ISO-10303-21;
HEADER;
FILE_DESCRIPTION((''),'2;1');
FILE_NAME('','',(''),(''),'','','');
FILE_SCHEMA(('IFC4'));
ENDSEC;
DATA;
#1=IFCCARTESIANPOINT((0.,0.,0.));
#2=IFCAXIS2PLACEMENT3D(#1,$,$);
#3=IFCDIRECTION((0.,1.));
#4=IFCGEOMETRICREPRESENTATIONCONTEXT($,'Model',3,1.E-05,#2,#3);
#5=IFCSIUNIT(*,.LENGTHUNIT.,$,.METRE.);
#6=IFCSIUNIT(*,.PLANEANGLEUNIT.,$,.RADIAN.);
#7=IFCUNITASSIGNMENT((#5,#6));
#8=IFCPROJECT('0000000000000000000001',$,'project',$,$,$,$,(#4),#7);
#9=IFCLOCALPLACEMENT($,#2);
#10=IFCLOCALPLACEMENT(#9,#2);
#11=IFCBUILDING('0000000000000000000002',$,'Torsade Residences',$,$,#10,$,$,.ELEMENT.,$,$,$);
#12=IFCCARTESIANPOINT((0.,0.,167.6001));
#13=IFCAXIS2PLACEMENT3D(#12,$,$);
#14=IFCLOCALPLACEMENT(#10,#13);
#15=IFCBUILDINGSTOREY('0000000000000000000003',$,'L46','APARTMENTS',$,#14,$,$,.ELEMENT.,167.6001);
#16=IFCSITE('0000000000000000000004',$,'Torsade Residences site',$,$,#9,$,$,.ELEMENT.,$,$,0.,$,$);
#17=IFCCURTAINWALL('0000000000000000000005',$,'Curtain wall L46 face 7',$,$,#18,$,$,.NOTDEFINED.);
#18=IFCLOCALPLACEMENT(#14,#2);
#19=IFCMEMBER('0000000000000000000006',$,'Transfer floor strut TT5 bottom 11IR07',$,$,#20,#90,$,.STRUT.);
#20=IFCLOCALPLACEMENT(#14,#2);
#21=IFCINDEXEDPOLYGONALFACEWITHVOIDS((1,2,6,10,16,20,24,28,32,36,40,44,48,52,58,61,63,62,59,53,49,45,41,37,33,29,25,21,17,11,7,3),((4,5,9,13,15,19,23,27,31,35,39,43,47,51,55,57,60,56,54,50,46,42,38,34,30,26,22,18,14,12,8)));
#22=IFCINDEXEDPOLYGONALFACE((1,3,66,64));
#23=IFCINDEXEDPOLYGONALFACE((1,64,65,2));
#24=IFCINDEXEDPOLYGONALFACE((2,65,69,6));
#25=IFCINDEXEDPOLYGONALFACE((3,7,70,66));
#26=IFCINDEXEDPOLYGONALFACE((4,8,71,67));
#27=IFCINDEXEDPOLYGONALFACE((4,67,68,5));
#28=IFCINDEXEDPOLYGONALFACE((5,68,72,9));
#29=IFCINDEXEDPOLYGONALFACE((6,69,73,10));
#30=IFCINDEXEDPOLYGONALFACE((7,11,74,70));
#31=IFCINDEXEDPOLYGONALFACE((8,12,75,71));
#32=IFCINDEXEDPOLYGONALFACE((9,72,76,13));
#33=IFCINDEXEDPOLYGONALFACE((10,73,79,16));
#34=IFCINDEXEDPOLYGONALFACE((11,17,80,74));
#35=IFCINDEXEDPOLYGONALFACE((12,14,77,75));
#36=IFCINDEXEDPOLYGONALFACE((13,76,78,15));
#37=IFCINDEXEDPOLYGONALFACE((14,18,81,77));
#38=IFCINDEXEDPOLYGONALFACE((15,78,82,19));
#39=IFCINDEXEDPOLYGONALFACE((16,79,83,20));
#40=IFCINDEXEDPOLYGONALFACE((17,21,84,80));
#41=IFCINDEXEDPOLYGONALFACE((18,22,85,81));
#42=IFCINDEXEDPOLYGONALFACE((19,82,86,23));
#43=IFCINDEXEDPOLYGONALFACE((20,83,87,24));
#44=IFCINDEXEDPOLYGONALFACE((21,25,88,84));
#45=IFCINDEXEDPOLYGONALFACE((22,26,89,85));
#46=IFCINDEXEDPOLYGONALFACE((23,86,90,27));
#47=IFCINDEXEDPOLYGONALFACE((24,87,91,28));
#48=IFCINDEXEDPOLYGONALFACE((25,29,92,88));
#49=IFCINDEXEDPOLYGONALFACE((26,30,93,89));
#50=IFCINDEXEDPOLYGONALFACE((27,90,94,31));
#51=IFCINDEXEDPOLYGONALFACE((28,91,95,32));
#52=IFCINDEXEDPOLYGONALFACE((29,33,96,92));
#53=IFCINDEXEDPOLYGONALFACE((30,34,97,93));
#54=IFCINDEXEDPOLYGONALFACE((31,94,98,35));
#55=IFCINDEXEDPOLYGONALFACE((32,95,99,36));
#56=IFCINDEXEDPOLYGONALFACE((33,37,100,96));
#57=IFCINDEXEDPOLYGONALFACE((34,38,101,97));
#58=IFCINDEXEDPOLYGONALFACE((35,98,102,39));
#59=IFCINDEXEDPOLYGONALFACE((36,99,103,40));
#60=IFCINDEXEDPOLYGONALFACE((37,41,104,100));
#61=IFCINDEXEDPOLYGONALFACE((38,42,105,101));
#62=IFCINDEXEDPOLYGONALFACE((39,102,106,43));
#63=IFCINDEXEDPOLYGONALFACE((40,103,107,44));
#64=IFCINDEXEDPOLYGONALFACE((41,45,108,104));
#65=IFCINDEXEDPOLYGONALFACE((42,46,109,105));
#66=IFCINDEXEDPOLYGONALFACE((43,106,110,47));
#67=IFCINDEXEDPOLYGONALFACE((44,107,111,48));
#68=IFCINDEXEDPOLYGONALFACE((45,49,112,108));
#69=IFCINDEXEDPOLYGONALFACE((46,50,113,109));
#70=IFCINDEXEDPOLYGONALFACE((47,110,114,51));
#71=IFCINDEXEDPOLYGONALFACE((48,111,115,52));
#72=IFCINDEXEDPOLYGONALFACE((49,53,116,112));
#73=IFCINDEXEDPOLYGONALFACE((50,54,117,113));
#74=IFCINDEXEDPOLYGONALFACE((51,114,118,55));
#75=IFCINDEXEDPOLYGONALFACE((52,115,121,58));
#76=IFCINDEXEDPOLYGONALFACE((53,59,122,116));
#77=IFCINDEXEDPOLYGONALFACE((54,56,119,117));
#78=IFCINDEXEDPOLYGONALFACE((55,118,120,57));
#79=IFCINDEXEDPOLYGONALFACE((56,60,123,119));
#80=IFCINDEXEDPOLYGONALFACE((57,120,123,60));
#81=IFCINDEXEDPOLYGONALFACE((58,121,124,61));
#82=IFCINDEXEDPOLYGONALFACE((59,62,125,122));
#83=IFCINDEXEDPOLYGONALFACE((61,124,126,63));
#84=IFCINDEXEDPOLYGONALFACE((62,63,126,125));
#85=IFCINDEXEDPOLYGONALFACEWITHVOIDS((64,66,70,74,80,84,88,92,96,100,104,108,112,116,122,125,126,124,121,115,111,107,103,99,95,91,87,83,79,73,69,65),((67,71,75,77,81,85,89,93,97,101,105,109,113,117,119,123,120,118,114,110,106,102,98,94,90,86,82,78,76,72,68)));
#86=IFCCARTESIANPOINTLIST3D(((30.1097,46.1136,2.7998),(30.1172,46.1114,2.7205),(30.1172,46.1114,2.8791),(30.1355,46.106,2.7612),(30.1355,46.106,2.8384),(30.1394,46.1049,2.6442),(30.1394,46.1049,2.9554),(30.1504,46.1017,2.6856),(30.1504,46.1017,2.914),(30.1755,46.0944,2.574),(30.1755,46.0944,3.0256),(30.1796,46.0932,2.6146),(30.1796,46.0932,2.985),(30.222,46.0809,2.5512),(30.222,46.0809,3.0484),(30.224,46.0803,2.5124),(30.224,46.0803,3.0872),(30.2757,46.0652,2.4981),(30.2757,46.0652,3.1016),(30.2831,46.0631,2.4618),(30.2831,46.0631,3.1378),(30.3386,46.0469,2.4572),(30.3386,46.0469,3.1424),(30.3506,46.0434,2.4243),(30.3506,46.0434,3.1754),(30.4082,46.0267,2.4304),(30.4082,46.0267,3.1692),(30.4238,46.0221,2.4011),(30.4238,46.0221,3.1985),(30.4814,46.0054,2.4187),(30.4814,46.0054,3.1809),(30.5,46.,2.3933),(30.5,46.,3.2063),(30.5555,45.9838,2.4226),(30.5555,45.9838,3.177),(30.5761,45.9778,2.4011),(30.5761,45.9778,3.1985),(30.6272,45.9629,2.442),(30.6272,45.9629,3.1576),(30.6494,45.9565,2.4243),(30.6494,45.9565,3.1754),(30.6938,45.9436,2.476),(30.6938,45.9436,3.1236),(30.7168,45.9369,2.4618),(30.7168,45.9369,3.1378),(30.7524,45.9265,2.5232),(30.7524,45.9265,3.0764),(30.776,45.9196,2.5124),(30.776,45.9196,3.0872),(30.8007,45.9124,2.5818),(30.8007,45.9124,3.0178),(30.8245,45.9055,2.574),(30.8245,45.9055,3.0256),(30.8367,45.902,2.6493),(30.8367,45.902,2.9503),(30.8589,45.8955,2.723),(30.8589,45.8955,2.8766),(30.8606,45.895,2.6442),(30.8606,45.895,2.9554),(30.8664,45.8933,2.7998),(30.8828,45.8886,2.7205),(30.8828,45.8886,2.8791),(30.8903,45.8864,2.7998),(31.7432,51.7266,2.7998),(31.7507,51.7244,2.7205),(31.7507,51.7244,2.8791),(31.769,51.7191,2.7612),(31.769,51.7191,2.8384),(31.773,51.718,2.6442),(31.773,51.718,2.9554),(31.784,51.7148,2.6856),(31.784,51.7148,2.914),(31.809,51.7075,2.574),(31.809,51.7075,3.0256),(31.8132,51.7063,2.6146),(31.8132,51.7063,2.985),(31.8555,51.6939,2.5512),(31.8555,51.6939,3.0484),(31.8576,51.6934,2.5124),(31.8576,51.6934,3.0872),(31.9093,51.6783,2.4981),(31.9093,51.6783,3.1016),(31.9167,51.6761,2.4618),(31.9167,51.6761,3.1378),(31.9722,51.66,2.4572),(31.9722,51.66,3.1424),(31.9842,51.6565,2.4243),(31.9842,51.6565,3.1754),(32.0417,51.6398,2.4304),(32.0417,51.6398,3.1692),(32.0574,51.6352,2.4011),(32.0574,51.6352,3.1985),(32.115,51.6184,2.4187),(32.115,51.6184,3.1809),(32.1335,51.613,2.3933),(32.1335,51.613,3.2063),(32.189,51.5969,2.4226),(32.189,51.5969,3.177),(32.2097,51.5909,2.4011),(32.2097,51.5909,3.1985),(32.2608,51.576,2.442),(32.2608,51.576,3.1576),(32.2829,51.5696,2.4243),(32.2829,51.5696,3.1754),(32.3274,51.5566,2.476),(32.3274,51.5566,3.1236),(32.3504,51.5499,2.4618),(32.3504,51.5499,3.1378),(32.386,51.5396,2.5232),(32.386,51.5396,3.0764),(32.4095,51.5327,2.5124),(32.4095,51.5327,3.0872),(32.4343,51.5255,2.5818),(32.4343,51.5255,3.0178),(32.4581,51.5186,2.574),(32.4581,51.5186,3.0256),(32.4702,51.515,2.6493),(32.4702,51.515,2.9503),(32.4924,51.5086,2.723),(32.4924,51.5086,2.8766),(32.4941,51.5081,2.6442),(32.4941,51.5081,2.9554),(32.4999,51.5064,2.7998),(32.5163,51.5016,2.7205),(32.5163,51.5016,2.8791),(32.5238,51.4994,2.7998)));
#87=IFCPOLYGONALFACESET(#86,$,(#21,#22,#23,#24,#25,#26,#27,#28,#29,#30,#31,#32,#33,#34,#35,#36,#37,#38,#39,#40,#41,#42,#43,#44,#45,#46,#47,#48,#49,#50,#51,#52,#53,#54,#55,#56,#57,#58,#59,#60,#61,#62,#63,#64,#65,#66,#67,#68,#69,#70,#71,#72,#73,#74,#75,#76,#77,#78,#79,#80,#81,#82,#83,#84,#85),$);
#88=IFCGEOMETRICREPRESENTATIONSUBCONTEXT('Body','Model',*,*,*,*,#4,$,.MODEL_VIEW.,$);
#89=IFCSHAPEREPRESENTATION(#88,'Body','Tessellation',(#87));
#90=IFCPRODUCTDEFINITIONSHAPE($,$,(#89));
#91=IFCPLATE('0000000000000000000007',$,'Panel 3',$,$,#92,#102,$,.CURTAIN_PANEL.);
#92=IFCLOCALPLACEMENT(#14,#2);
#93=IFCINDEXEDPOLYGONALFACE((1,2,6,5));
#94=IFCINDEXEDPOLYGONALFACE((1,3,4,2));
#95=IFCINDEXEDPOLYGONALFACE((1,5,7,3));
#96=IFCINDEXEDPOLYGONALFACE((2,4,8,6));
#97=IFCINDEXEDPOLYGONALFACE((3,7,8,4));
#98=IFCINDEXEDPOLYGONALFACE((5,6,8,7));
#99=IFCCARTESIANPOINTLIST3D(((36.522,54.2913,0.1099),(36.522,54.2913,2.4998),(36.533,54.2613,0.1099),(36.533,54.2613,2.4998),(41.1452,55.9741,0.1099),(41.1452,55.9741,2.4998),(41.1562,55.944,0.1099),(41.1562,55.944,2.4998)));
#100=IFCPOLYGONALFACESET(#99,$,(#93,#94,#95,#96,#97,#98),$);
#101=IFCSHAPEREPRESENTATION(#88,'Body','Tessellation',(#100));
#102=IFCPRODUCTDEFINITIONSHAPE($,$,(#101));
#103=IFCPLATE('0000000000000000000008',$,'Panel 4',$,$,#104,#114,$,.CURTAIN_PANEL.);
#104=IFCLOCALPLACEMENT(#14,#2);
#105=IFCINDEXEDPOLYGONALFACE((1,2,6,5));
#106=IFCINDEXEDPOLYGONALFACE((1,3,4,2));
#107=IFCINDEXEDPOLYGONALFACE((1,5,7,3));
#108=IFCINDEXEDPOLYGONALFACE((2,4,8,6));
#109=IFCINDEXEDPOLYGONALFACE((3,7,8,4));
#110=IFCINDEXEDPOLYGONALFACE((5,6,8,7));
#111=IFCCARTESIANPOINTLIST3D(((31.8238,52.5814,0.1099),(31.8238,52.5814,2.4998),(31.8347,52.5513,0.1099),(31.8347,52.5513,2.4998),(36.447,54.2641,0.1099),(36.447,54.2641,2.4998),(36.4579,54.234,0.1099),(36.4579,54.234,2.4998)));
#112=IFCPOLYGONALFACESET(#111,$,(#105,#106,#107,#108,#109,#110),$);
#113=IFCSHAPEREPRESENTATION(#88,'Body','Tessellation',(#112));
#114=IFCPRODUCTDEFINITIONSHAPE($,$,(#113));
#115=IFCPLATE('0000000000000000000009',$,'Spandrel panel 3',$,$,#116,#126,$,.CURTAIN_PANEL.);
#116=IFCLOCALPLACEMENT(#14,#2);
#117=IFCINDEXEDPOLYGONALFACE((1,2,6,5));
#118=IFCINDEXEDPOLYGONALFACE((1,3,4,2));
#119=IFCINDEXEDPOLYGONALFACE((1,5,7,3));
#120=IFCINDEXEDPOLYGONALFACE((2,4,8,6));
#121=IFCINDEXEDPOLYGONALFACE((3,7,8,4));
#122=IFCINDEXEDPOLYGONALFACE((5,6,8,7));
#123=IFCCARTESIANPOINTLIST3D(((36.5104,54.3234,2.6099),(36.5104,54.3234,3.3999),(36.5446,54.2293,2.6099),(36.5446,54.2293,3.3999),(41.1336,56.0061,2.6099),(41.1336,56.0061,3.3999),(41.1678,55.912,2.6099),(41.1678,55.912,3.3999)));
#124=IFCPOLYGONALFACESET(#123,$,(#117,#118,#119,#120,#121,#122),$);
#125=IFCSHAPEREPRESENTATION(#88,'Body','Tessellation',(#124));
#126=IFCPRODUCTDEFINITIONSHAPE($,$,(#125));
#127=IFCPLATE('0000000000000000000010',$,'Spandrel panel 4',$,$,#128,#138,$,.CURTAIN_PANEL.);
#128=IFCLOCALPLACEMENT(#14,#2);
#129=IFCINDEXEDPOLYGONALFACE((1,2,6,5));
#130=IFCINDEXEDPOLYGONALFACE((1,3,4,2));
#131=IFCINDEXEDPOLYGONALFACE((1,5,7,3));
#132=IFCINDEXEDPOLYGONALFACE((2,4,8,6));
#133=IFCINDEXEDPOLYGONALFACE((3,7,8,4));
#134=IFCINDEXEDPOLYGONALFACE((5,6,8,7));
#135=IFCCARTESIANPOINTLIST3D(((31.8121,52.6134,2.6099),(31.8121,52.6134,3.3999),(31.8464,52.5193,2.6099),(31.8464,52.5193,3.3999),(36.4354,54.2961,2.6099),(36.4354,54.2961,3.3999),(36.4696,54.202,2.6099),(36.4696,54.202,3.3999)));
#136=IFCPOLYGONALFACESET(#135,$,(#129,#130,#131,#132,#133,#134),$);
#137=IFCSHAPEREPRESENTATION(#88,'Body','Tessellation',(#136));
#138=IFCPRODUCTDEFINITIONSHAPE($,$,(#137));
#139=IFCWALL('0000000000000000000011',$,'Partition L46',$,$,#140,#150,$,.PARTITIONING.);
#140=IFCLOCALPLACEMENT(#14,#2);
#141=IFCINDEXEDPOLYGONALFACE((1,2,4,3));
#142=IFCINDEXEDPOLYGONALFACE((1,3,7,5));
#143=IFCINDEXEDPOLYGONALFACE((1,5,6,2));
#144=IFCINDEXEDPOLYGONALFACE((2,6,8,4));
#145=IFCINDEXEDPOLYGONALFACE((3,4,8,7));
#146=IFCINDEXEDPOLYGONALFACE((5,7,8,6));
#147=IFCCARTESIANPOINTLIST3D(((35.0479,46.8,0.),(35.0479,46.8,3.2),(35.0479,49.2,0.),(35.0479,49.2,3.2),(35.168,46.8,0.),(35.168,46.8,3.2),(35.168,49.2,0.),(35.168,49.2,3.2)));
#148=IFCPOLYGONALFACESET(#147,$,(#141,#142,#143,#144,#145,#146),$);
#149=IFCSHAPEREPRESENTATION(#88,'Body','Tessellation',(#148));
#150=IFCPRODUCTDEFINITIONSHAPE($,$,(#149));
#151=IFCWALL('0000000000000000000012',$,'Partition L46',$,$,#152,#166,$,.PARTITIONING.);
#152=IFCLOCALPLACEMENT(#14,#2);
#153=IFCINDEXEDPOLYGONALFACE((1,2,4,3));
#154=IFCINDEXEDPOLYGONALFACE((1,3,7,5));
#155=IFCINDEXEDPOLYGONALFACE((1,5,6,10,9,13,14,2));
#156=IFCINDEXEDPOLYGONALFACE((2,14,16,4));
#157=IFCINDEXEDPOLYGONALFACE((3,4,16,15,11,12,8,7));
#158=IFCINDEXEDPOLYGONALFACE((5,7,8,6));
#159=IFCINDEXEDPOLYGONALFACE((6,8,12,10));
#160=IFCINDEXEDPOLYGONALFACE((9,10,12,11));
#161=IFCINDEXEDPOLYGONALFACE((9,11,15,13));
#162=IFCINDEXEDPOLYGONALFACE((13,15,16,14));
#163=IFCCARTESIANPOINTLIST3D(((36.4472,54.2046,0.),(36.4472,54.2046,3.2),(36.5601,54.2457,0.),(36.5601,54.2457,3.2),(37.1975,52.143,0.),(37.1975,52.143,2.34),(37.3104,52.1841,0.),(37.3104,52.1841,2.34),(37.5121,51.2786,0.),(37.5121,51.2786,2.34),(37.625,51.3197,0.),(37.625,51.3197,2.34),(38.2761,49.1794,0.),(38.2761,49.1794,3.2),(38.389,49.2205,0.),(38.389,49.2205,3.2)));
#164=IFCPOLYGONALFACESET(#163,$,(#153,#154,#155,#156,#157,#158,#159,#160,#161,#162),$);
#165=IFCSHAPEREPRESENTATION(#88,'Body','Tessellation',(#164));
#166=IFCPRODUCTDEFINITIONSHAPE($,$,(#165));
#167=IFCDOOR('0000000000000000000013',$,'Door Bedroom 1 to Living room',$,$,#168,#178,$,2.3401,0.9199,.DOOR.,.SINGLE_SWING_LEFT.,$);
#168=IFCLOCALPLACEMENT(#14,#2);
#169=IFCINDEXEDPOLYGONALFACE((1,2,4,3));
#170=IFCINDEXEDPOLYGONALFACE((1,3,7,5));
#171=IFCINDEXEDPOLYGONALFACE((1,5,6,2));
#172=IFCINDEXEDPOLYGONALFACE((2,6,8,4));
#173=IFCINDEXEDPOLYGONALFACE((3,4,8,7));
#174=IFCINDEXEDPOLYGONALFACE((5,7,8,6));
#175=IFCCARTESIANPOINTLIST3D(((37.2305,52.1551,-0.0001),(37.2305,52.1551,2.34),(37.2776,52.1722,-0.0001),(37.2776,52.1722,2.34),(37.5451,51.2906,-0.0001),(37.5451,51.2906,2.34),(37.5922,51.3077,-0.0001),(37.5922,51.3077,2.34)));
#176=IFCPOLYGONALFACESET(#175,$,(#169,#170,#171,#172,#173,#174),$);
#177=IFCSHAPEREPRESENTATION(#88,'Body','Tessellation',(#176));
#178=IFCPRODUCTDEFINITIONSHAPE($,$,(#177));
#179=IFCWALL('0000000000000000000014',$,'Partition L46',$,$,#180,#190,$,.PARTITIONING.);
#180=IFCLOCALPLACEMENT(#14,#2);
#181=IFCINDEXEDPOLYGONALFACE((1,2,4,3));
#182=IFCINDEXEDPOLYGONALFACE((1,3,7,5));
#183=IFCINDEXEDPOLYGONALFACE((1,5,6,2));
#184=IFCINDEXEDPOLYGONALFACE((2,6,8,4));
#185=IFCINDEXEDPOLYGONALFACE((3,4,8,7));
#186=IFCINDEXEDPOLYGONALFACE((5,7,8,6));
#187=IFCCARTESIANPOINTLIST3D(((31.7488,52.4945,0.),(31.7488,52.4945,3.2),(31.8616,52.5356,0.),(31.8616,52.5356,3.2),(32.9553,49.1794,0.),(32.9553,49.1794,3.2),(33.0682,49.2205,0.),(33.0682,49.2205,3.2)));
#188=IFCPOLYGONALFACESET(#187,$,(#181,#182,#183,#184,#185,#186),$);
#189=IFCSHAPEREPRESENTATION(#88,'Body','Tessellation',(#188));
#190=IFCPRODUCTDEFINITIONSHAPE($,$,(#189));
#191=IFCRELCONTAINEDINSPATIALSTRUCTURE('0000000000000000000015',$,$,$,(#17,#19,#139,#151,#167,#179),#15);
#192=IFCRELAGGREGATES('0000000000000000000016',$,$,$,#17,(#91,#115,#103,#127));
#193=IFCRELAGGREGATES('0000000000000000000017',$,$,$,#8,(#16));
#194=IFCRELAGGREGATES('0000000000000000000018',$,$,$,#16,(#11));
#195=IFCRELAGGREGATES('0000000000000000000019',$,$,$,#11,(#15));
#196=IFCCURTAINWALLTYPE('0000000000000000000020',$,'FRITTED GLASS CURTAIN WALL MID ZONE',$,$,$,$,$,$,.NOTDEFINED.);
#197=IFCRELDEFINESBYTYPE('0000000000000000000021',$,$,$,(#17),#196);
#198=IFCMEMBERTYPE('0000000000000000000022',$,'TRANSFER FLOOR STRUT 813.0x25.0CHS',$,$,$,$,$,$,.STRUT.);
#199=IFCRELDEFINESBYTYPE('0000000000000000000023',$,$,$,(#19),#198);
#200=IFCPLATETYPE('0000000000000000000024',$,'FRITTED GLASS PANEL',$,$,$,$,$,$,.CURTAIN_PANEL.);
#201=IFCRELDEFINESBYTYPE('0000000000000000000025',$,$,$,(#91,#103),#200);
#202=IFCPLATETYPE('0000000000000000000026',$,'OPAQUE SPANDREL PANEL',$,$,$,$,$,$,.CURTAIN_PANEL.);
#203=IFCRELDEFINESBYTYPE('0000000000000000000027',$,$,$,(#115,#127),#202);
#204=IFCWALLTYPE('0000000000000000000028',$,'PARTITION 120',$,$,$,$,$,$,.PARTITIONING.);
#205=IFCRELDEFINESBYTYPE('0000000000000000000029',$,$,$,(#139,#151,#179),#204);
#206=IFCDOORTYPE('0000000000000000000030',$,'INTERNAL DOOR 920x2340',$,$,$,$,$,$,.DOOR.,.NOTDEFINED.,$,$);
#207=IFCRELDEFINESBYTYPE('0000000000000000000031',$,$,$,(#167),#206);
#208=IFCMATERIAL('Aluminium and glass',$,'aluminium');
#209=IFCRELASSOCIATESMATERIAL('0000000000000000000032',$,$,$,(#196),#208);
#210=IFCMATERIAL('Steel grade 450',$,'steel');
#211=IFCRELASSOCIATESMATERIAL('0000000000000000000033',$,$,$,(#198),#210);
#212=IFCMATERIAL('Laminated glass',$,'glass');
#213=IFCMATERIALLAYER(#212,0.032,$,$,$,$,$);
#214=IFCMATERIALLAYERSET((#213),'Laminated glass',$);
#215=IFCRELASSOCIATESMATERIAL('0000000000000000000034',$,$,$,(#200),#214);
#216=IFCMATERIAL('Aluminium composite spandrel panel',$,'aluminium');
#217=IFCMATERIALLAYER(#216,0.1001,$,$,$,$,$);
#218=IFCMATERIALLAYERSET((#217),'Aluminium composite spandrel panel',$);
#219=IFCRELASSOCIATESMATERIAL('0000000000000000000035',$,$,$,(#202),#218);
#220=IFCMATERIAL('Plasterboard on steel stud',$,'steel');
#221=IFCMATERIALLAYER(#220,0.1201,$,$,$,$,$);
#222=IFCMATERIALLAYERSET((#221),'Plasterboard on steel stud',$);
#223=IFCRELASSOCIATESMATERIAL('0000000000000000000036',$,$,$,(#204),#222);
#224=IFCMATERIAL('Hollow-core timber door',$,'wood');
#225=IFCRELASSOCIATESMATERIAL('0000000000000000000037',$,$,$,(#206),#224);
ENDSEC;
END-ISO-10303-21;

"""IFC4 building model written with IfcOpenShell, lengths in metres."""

from ifc_helpers import new_model, si_unit, direction, frame, frame_2d, origin, origin_2d, place, context, subcontext, project, spatial, rectangle, hollow_circle, extrude, material, layer, layer_set, material_profile, profile_set, type_object, element, fill, aggregate, save


model = new_model("IFC4")

# Units and contexts
model_context = context("Model", 3, precision=1e-05, world=origin(), true_north=direction((0.0, 1.0)))
body_context = subcontext(model_context, "Body", "Model", "MODEL_VIEW")
ifc_project = project(units=[si_unit("LENGTHUNIT", "METRE"), si_unit("PLANEANGLEUNIT", "RADIAN")], contexts=[model_context])

# Site, building, storey
site_placement = place(None, origin())
site = spatial("IfcSite", under=ifc_project, at=site_placement, Name="Torsade Residences site", CompositionType="ELEMENT", RefElevation=0.0)
building_placement = place(site_placement, origin())
building = spatial("IfcBuilding", under=site, at=building_placement, Name="Torsade Residences", CompositionType="ELEMENT")
storey_placement = place(building_placement, frame((0.0, 0.0, 167.6001)))
storey = spatial("IfcBuildingStorey", under=building, at=storey_placement, Name="L46", Description="APARTMENTS", CompositionType="ELEMENT", Elevation=167.6001)

# Curtain wall
ifc_material_1 = material(Name="Aluminium and glass", Category="aluminium")
curtain_wall_type = type_object("IfcCurtainWallType", Name="FRITTED GLASS CURTAIN WALL MID ZONE", PredefinedType="NOTDEFINED", material=ifc_material_1)
curtain_wall_placement = place(storey_placement, origin())
curtain_wall = element("IfcCurtainWall", 1, at=curtain_wall_placement, inside=storey, type_object=curtain_wall_type, Name="Curtain wall L46 face 7", PredefinedType="NOTDEFINED")

# Member
ifc_material_2 = material(Name="Steel grade 450", Category="steel")
ifc_material_profile_1 = material_profile(ifc_material_2, hollow_circle(Radius=0.4065, WallThickness=0.0249, at=origin_2d()), Name="813.0x25.0CHS")
ifc_profile_set_1 = profile_set([ifc_material_profile_1], Name="Steel grade 450")
member_type_1 = type_object("IfcMemberType", Name="TRANSFER FLOOR STRUT 813.0x25.0CHS", PredefinedType="STRUT", material=ifc_profile_set_1)
member_1_placement = place(storey_placement, frame((32.1335, 51.613, 2.7998), z_axis=(-0.279434, -0.960165, 0.0), x_axis=(0.960165, -0.279434, 0.0)))
element("IfcMember", 2, at=member_1_placement, inside=storey, type_object=member_type_1, Name="Transfer floor strut TT5 bottom 11IR07", PredefinedType="STRUT", context=body_context, shape_type="SweptSolid", body=[
    extrude(hollow_circle(Radius=0.4065, WallThickness=0.0249, at=origin_2d()), origin(), (0.0, 0.0, 1.0), 5.8459),
])

# Plates
ifc_material_3 = material(Name="Laminated glass", Category="glass")
ifc_layer_1 = layer(ifc_material_3, 0.032)
ifc_layer_set_1 = layer_set([ifc_layer_1], Name="Laminated glass")
plate_type_1 = type_object("IfcPlateType", Name="FRITTED GLASS PANEL", PredefinedType="CURTAIN_PANEL", material=ifc_layer_set_1)
plate_1_placement = place(storey_placement, frame((38.8391, 55.1177, 0.1099), z_axis=(0.0, 0.0, 1.0), x_axis=(-0.939693, -0.34202, 0.0)))
plate_1 = element("IfcPlate", 3, at=plate_1_placement, type_object=plate_type_1, Name="Panel 3", PredefinedType="CURTAIN_PANEL", context=body_context, shape_type="SweptSolid", body=[
    extrude(rectangle(XDim=4.9199, YDim=0.032, at=origin_2d()), origin(), (0.0, 0.0, 1.0), 2.3899),
])
plate_2_placement = place(storey_placement, frame((34.1409, 53.4077, 0.1099), z_axis=(0.0, 0.0, 1.0), x_axis=(-0.939693, -0.34202, 0.0)))
plate_2 = element("IfcPlate", 4, at=plate_2_placement, type_object=plate_type_1, Name="Panel 4", PredefinedType="CURTAIN_PANEL", context=body_context, shape_type="SweptSolid", body=[
    extrude(rectangle(XDim=4.9199, YDim=0.032, at=origin_2d()), origin(), (0.0, 0.0, 1.0), 2.3899),
])
ifc_material_4 = material(Name="Aluminium composite spandrel panel", Category="aluminium")
ifc_layer_2 = layer(ifc_material_4, 0.1001)
ifc_layer_set_2 = layer_set([ifc_layer_2], Name="Aluminium composite spandrel panel")
plate_type_2 = type_object("IfcPlateType", Name="OPAQUE SPANDREL PANEL", PredefinedType="CURTAIN_PANEL", material=ifc_layer_set_2)
plate_3_placement = place(storey_placement, frame((38.8391, 55.1177, 2.6099), z_axis=(0.0, 0.0, 1.0), x_axis=(-0.939693, -0.34202, 0.0)))
plate_3 = element("IfcPlate", 5, at=plate_3_placement, type_object=plate_type_2, Name="Spandrel panel 3", PredefinedType="CURTAIN_PANEL", context=body_context, shape_type="SweptSolid", body=[
    extrude(rectangle(XDim=4.9199, YDim=0.1001, at=origin_2d()), origin(), (0.0, 0.0, 1.0), 0.79),
])
plate_4_placement = place(storey_placement, frame((34.1409, 53.4077, 2.6099), z_axis=(0.0, 0.0, 1.0), x_axis=(-0.939693, -0.34202, 0.0)))
plate_4 = element("IfcPlate", 6, at=plate_4_placement, type_object=plate_type_2, Name="Spandrel panel 4", PredefinedType="CURTAIN_PANEL", context=body_context, shape_type="SweptSolid", body=[
    extrude(rectangle(XDim=4.9199, YDim=0.1001, at=origin_2d()), origin(), (0.0, 0.0, 1.0), 0.79),
])
aggregate(curtain_wall, [plate_1, plate_3, plate_2, plate_4])

# Wall
ifc_material_5 = material(Name="Plasterboard on steel stud", Category="steel")
ifc_layer_3 = layer(ifc_material_5, 0.1201)
ifc_layer_set_3 = layer_set([ifc_layer_3], Name="Plasterboard on steel stud")
wall_type = type_object("IfcWallType", Name="PARTITION 120", PredefinedType="PARTITIONING", material=ifc_layer_set_3)
wall_1_placement = place(storey_placement, frame((35.1079, 49.2, 0.0), z_axis=(0.0, 0.0, 1.0), x_axis=(0.0, -1.0, 0.0)))
element("IfcWall", 7, at=wall_1_placement, inside=storey, type_object=wall_type, Name="Partition L46", PredefinedType="PARTITIONING", context=body_context, shape_type="SweptSolid", body=[
    extrude(rectangle(XDim=2.3999, YDim=0.1201, at=frame_2d((1.2, 0.0))), origin(), (0.0, 0.0, 1.0), 3.2),
])

# Wall, opening, door
wall_2_placement = place(storey_placement, frame((38.3325, 49.2, 0.0), z_axis=(0.0, 0.0, 1.0), x_axis=(-0.341996, 0.939701, 0.0)))
wall_2 = element("IfcWall", 8, at=wall_2_placement, inside=storey, type_object=wall_type, Name="Partition L46", PredefinedType="PARTITIONING", context=body_context, shape_type="SweptSolid", body=[
    extrude(rectangle(XDim=5.3477, YDim=0.1201, at=frame_2d((2.6738, 0.0))), origin(), (0.0, 0.0, 1.0), 3.2),
])
opening_placement = place(wall_2_placement, frame((2.2339, 0.0, 0.0)))
opening = element("IfcOpeningElement", 9, at=opening_placement, cuts=wall_2, PredefinedType="OPENING", context=body_context, shape_type="SweptSolid", body=[
    extrude(rectangle(XDim=0.9199, YDim=2.3401, at=frame_2d((0.46, 1.1699))), frame((0.0, 0.0701, 0.0), z_axis=(0.0, -1.0, 0.0), x_axis=(1.0, 0.0, 0.0)), (0.0, 0.0, 1.0), 0.1401),
])
ifc_material_6 = material(Name="Hollow-core timber door", Category="wood")
door_type = type_object("IfcDoorType", Name="INTERNAL DOOR 920x2340", OperationType="NOTDEFINED", PredefinedType="DOOR", material=ifc_material_6)
door_placement = place(opening_placement, origin())
door = element("IfcDoor", 10, at=door_placement, inside=storey, type_object=door_type, Name="Door Bedroom 1 to Living room", OperationType="SINGLE_SWING_LEFT", OverallHeight=2.3401, OverallWidth=0.9199, PredefinedType="DOOR", context=body_context, shape_type="SweptSolid", body=[
    extrude(rectangle(XDim=0.9199, YDim=2.3401, at=frame_2d((0.46, 1.1699))), frame((0.0, 0.0249, 0.0), z_axis=(0.0, -1.0, 0.0), x_axis=(1.0, 0.0, 0.0)), (0.0, 0.0, 1.0), 0.05),
])
fill(opening, door)

# Wall
wall_3_placement = place(storey_placement, frame((33.0117, 49.2, 0.0), z_axis=(0.0, 0.0, 1.0), x_axis=(-0.341999, 0.9397, 0.0)))
element("IfcWall", 11, at=wall_3_placement, inside=storey, type_object=wall_type, Name="Partition L46", PredefinedType="PARTITIONING", context=body_context, shape_type="SweptSolid", body=[
    extrude(rectangle(XDim=3.5278, YDim=0.1201, at=frame_2d((1.7639, 0.0))), origin(), (0.0, 0.0, 1.0), 3.2),
])

save(model, "model.ifc")
